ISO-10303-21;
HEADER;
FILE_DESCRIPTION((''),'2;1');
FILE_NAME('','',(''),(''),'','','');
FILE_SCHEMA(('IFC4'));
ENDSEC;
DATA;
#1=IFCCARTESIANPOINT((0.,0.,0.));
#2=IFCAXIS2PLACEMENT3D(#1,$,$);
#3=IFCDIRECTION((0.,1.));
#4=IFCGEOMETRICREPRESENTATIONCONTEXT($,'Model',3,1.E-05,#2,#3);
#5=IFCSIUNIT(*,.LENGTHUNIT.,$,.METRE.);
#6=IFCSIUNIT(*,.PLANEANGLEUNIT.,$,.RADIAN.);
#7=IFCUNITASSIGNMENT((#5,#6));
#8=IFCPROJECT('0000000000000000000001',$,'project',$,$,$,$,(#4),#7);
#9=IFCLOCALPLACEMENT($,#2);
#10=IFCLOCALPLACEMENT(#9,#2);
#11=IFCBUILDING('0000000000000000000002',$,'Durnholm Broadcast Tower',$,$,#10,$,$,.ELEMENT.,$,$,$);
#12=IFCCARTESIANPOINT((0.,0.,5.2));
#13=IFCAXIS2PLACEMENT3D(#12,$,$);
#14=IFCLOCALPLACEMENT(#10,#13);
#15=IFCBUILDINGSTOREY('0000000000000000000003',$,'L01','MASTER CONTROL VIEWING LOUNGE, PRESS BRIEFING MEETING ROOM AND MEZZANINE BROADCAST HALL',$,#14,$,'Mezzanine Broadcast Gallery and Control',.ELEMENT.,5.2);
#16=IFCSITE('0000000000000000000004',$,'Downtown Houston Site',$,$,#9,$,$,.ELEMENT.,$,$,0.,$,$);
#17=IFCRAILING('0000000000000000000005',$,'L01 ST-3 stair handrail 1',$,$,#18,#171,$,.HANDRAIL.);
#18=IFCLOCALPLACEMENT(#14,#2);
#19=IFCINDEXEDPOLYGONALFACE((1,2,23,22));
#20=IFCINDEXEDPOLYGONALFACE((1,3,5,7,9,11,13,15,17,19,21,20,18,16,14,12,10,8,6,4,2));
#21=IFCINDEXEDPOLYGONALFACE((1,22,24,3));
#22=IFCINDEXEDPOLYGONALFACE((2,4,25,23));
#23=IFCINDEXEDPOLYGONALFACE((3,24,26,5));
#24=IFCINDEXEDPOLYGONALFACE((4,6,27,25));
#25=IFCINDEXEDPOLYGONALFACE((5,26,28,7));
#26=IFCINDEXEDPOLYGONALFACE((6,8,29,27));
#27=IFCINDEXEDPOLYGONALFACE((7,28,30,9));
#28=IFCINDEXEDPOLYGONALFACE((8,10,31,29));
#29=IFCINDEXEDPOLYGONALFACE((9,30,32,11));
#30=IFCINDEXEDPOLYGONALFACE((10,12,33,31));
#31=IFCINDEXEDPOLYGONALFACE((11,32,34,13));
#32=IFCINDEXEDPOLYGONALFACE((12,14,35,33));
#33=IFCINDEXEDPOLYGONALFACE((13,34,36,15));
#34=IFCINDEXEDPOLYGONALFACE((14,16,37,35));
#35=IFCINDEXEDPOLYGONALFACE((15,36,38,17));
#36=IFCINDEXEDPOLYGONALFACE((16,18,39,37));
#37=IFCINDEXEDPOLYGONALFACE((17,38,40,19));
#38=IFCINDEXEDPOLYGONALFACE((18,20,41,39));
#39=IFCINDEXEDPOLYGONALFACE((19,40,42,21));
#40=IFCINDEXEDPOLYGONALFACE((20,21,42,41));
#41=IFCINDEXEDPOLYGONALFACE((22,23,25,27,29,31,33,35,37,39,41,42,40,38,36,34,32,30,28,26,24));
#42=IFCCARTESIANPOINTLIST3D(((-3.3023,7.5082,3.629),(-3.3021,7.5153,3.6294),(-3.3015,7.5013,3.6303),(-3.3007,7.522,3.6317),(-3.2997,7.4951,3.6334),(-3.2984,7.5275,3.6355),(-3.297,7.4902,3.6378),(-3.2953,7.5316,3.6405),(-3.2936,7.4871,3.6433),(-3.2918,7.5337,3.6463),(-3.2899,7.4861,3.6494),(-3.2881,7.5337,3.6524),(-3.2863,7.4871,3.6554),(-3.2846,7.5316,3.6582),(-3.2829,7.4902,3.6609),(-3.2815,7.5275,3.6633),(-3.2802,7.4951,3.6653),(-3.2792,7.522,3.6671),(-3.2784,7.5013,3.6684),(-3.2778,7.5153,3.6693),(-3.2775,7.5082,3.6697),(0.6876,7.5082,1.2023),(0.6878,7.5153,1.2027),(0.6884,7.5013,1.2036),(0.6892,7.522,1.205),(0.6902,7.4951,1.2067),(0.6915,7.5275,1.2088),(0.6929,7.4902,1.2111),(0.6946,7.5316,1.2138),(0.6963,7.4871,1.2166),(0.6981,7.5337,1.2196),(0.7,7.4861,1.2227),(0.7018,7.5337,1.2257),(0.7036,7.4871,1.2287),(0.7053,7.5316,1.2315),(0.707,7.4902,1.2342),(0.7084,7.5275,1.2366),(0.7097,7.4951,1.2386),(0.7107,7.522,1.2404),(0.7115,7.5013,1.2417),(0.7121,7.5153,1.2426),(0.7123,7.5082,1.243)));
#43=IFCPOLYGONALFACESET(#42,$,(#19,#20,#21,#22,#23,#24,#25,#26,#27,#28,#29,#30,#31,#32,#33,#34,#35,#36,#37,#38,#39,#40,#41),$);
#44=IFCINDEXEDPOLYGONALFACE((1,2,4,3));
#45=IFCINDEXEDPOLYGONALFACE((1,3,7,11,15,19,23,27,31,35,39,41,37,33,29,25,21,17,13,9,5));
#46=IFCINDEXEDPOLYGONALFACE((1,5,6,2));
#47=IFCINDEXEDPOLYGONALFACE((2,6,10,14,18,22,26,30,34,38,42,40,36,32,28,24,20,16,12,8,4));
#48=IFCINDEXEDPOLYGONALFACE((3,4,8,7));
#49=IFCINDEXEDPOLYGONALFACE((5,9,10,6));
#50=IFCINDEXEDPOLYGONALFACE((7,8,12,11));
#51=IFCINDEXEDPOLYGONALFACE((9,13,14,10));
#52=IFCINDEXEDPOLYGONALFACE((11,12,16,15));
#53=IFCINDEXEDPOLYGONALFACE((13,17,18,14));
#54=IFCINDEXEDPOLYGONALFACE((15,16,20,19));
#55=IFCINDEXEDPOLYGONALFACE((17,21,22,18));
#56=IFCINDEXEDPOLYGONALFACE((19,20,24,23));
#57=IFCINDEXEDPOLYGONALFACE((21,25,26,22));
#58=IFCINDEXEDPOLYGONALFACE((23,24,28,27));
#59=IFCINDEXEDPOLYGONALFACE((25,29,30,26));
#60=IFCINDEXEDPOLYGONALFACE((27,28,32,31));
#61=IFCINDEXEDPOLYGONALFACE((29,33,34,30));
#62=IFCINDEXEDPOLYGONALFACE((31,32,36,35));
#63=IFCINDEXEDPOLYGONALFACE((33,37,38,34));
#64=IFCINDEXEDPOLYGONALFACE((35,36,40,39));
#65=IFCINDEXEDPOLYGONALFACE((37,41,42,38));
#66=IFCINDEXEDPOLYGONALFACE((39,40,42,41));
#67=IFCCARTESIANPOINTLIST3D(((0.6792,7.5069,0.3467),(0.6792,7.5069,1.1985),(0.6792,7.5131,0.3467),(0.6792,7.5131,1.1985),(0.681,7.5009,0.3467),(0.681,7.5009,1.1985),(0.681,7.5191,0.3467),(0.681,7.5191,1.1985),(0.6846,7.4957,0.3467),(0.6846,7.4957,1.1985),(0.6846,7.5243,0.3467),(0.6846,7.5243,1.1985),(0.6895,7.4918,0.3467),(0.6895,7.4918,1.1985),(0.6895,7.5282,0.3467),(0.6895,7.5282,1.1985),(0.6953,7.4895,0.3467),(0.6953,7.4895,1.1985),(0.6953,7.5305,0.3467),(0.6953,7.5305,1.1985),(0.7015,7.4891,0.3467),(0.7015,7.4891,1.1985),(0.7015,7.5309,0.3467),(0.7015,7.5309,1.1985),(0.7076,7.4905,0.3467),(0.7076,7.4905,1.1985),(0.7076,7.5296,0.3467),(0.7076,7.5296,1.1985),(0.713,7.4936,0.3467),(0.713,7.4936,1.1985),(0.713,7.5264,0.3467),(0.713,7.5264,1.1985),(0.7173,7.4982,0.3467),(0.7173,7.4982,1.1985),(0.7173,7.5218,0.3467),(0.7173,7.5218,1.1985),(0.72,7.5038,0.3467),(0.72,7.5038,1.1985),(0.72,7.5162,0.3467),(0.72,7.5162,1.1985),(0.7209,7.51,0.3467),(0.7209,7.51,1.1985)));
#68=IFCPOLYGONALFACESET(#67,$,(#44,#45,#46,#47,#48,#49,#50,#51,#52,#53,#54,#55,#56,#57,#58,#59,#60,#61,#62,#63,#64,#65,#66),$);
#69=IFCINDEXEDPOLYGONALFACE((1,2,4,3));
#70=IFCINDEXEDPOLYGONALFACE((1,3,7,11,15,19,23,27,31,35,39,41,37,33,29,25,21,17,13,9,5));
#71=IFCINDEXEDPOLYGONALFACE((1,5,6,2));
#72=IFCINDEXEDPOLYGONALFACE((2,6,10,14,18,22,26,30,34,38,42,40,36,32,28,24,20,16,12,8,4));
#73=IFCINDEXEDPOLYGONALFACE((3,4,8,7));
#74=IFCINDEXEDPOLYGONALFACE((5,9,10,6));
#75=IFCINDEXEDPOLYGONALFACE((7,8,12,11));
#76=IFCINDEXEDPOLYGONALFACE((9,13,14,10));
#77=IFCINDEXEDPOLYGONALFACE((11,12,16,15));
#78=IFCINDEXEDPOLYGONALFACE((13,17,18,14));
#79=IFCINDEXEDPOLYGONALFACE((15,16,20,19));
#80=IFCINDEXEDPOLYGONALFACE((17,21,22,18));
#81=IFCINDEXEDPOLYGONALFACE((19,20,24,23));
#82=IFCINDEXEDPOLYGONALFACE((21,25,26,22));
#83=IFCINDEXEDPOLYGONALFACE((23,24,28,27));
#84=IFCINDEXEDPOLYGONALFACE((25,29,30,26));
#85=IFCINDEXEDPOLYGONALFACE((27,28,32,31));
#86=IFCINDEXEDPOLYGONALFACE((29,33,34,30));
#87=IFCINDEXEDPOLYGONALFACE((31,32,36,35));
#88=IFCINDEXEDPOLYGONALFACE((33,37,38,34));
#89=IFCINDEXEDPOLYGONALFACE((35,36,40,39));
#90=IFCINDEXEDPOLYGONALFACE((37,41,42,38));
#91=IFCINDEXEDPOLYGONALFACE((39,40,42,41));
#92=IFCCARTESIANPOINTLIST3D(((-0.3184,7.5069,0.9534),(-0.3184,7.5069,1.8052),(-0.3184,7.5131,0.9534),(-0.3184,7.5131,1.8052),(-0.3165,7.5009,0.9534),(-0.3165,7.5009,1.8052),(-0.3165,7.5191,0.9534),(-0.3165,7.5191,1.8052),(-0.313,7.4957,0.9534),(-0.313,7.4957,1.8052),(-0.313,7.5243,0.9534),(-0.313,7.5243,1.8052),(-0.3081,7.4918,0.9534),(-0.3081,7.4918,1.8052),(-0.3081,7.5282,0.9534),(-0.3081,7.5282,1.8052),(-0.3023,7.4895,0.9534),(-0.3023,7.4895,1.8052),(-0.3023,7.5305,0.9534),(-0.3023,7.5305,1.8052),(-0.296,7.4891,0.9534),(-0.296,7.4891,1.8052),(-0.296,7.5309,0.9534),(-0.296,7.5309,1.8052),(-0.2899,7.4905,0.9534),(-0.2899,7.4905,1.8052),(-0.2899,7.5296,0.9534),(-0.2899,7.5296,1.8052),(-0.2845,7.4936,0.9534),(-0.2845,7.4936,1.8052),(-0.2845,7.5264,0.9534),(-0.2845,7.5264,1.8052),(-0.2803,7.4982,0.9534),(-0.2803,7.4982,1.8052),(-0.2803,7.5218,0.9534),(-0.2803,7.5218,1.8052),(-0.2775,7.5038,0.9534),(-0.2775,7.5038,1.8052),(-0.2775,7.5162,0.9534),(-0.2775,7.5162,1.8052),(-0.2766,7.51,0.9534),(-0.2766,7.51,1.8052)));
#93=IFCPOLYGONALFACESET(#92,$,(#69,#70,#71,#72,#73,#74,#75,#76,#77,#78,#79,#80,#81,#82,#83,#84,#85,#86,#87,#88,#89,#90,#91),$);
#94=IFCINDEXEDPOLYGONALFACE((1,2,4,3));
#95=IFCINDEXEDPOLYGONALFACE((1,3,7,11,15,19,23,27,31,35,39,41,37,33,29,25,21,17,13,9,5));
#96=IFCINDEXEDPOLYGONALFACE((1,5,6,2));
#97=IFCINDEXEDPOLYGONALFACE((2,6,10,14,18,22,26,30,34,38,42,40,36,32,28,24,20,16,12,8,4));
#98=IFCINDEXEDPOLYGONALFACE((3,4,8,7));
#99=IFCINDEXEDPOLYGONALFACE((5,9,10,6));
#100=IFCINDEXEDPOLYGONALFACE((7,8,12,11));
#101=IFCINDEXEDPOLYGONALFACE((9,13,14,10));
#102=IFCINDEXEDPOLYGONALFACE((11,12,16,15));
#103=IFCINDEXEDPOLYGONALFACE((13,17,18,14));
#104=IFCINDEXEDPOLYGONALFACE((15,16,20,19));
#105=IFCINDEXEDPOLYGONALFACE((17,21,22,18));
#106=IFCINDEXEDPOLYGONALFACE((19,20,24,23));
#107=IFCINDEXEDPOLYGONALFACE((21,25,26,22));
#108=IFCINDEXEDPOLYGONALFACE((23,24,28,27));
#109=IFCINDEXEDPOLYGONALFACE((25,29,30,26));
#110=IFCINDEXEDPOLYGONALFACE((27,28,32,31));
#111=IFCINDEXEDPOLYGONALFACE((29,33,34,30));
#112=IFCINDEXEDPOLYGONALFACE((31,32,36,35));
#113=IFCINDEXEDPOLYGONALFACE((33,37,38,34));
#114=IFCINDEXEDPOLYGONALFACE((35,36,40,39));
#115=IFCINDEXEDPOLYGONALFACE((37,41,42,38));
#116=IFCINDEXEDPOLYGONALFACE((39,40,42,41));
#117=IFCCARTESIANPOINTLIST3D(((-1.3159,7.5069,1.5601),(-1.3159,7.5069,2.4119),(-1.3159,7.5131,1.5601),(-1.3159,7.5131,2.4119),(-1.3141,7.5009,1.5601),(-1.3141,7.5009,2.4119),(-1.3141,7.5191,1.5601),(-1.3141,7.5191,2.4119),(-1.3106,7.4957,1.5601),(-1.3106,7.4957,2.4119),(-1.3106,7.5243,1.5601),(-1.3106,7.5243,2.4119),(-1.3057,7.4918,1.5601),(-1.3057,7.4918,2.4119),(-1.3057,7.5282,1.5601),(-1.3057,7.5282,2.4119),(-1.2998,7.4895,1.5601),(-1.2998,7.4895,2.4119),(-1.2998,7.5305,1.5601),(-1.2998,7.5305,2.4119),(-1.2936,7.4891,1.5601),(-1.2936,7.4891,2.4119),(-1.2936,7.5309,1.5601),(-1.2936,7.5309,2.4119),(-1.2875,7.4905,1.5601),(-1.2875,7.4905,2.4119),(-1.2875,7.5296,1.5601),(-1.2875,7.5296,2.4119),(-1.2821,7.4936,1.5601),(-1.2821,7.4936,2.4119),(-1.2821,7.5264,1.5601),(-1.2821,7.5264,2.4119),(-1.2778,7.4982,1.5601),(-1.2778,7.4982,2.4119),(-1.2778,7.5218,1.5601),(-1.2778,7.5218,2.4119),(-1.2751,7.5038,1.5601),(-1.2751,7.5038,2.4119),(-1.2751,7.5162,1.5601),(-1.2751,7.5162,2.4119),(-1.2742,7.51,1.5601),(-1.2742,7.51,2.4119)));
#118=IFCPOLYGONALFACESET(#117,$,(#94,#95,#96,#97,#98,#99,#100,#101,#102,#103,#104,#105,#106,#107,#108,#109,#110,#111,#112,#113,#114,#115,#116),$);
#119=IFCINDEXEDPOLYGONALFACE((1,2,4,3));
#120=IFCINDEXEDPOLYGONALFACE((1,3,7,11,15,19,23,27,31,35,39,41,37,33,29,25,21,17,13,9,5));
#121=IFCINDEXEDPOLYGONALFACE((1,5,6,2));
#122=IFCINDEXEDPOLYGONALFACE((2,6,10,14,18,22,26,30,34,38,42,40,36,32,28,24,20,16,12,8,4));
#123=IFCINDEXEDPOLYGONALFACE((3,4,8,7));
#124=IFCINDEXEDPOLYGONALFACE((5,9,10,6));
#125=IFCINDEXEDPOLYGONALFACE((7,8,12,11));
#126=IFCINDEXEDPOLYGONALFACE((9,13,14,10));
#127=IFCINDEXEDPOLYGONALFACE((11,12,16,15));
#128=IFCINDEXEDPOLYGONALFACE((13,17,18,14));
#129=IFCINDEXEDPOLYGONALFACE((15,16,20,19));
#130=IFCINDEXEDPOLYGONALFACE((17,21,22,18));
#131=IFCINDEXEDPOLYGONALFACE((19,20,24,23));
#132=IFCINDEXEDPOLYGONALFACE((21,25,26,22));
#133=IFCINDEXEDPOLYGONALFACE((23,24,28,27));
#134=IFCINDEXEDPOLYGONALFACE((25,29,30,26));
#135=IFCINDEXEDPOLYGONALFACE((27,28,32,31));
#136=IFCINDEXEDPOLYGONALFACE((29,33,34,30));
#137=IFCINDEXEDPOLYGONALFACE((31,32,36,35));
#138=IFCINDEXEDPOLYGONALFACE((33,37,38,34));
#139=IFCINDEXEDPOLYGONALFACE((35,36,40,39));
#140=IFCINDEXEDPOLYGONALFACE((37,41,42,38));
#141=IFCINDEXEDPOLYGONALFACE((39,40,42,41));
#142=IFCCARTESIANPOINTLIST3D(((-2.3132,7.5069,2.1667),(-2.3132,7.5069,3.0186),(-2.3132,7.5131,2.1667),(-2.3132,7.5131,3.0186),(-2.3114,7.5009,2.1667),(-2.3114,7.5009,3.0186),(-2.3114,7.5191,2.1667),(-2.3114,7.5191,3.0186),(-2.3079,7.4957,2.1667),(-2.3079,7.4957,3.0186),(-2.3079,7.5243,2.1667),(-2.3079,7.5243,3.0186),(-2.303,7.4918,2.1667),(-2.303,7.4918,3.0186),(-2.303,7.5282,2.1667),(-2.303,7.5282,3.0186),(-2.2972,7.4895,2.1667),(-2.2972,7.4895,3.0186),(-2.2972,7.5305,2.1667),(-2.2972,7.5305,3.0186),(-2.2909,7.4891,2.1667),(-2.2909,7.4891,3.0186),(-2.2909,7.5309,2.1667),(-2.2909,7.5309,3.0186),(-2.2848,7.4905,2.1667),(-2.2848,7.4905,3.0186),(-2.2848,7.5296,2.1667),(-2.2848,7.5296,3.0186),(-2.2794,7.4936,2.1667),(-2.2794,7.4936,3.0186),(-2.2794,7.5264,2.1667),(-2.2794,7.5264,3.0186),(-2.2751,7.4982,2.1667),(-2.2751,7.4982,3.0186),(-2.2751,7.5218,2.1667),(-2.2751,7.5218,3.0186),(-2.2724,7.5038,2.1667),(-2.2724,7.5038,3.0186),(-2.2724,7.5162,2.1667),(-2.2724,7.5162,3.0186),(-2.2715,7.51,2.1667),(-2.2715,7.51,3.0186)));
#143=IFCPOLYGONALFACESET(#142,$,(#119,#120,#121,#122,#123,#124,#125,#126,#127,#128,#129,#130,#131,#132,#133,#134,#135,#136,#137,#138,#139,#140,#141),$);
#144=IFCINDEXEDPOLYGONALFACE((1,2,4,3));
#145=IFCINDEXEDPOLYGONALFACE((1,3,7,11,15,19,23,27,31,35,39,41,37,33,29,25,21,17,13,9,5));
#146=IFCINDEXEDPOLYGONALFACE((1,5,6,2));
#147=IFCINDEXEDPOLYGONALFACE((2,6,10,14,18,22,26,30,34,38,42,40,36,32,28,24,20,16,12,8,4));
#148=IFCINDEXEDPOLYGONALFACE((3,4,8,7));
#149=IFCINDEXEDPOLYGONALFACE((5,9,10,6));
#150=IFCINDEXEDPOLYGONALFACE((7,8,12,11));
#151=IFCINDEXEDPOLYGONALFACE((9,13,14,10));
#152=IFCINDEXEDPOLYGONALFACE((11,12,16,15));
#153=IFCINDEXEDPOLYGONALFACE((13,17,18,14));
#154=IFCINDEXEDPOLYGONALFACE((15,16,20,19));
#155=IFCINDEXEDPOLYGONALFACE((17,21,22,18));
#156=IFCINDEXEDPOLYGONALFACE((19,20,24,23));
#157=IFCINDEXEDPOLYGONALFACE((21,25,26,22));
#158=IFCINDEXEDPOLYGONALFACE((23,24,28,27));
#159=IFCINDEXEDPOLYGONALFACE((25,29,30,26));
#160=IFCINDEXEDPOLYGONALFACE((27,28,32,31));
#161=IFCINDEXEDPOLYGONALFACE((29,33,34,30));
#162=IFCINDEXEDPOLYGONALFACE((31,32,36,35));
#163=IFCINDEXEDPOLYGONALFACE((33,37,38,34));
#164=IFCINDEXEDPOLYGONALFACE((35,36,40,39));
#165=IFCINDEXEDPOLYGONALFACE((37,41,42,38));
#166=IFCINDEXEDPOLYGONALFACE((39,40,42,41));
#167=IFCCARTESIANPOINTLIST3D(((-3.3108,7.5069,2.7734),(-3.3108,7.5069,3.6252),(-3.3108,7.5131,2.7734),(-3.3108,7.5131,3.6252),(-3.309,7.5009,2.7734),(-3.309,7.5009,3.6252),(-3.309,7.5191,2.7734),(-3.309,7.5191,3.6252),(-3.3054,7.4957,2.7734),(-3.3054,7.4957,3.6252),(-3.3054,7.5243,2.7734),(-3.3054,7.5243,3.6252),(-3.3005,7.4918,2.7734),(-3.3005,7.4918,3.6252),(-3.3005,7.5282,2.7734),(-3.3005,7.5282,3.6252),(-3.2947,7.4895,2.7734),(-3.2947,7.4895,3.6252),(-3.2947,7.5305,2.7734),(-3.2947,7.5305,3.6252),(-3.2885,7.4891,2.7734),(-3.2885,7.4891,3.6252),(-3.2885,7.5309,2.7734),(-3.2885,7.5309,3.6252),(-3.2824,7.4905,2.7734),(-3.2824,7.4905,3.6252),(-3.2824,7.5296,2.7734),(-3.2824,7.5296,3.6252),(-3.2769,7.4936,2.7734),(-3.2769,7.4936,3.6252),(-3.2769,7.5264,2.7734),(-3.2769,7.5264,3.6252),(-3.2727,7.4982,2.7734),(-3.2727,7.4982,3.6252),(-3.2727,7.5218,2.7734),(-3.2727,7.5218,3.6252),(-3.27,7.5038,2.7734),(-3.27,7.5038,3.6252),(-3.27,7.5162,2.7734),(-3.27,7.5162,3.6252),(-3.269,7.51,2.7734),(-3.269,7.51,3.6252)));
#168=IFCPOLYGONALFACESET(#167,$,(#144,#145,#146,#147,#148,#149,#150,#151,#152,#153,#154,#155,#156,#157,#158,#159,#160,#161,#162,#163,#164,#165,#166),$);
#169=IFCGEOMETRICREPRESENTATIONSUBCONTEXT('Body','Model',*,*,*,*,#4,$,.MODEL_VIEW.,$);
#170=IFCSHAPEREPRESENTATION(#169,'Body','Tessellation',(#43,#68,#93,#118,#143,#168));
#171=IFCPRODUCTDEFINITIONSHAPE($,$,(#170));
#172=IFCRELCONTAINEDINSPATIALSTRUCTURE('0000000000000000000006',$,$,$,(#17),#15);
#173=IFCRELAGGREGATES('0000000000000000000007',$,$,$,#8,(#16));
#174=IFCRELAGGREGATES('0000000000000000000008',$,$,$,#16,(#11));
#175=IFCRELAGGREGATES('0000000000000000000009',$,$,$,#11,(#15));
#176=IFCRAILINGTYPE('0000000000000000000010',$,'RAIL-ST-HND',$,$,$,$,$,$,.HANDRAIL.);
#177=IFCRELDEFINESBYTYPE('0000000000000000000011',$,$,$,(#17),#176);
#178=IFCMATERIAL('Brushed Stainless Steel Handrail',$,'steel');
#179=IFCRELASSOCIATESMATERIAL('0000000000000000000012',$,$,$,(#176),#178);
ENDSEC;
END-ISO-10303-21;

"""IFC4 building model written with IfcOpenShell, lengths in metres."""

from ifc_helpers import new_model, si_unit, direction, frame, origin, origin_2d, place, context, subcontext, project, spatial, circle, extrude, material, type_object, element, save


model = new_model("IFC4")

# Units and contexts
model_context = context("Model", 3, precision=1e-05, world=origin(), true_north=direction((0.0, 1.0)))
body_context = subcontext(model_context, "Body", "Model", "MODEL_VIEW")
ifc_project = project(units=[si_unit("LENGTHUNIT", "METRE"), si_unit("PLANEANGLEUNIT", "RADIAN")], contexts=[model_context])

# Site, building, storey
site_placement = place(None, origin())
site = spatial("IfcSite", under=ifc_project, at=site_placement, Name="Downtown Houston Site", CompositionType="ELEMENT", RefElevation=0.0)
building_placement = place(site_placement, origin())
building = spatial("IfcBuilding", under=site, at=building_placement, Name="Durnholm Broadcast Tower", CompositionType="ELEMENT")
storey_placement = place(building_placement, frame((0.0, 0.0, 5.2)))
storey = spatial("IfcBuildingStorey", under=building, at=storey_placement, Name="L01", Description="MASTER CONTROL VIEWING LOUNGE, PRESS BRIEFING MEETING ROOM AND MEZZANINE BROADCAST HALL", LongName="Mezzanine Broadcast Gallery and Control", CompositionType="ELEMENT", Elevation=5.2)

# Railing
ifc_material_1 = material(Name="Brushed Stainless Steel Handrail", Category="steel")
railing_type_1 = type_object("IfcRailingType", Name="RAIL-ST-HND", PredefinedType="HANDRAIL", material=ifc_material_1)
railing_1_placement = place(storey_placement, frame((0.7, 7.51, 0.3467)))
element("IfcRailing", 1, at=railing_1_placement, inside=storey, type_object=railing_type_1, Name="L01 ST-3 stair handrail 1", PredefinedType="HANDRAIL", context=body_context, shape_type="SweptSolid", body=[
    extrude(circle(Radius=0.0239, at=origin_2d()), frame((0.0, 0.0, 0.876), z_axis=(-0.854382, 0.0, 0.519645), x_axis=(0.0, -1.0, 0.0)), (0.0, 0.0, 1.0), 4.6699),
    extrude(circle(Radius=0.021, at=origin_2d()), origin(), (0.0, 0.0, 1.0), 0.8518),
    extrude(circle(Radius=0.021, at=origin_2d()), frame((-0.9976, 0.0, 0.6067)), (0.0, 0.0, 1.0), 0.8518),
    extrude(circle(Radius=0.021, at=origin_2d()), frame((-1.9951, 0.0, 1.2134)), (0.0, 0.0, 1.0), 0.8518),
    extrude(circle(Radius=0.021, at=origin_2d()), frame((-2.9924, 0.0, 1.8201)), (0.0, 0.0, 1.0), 0.8518),
    extrude(circle(Radius=0.021, at=origin_2d()), frame((-3.99, 0.0, 2.4268)), (0.0, 0.0, 1.0), 0.8518),
])

save(model, "model.ifc")
